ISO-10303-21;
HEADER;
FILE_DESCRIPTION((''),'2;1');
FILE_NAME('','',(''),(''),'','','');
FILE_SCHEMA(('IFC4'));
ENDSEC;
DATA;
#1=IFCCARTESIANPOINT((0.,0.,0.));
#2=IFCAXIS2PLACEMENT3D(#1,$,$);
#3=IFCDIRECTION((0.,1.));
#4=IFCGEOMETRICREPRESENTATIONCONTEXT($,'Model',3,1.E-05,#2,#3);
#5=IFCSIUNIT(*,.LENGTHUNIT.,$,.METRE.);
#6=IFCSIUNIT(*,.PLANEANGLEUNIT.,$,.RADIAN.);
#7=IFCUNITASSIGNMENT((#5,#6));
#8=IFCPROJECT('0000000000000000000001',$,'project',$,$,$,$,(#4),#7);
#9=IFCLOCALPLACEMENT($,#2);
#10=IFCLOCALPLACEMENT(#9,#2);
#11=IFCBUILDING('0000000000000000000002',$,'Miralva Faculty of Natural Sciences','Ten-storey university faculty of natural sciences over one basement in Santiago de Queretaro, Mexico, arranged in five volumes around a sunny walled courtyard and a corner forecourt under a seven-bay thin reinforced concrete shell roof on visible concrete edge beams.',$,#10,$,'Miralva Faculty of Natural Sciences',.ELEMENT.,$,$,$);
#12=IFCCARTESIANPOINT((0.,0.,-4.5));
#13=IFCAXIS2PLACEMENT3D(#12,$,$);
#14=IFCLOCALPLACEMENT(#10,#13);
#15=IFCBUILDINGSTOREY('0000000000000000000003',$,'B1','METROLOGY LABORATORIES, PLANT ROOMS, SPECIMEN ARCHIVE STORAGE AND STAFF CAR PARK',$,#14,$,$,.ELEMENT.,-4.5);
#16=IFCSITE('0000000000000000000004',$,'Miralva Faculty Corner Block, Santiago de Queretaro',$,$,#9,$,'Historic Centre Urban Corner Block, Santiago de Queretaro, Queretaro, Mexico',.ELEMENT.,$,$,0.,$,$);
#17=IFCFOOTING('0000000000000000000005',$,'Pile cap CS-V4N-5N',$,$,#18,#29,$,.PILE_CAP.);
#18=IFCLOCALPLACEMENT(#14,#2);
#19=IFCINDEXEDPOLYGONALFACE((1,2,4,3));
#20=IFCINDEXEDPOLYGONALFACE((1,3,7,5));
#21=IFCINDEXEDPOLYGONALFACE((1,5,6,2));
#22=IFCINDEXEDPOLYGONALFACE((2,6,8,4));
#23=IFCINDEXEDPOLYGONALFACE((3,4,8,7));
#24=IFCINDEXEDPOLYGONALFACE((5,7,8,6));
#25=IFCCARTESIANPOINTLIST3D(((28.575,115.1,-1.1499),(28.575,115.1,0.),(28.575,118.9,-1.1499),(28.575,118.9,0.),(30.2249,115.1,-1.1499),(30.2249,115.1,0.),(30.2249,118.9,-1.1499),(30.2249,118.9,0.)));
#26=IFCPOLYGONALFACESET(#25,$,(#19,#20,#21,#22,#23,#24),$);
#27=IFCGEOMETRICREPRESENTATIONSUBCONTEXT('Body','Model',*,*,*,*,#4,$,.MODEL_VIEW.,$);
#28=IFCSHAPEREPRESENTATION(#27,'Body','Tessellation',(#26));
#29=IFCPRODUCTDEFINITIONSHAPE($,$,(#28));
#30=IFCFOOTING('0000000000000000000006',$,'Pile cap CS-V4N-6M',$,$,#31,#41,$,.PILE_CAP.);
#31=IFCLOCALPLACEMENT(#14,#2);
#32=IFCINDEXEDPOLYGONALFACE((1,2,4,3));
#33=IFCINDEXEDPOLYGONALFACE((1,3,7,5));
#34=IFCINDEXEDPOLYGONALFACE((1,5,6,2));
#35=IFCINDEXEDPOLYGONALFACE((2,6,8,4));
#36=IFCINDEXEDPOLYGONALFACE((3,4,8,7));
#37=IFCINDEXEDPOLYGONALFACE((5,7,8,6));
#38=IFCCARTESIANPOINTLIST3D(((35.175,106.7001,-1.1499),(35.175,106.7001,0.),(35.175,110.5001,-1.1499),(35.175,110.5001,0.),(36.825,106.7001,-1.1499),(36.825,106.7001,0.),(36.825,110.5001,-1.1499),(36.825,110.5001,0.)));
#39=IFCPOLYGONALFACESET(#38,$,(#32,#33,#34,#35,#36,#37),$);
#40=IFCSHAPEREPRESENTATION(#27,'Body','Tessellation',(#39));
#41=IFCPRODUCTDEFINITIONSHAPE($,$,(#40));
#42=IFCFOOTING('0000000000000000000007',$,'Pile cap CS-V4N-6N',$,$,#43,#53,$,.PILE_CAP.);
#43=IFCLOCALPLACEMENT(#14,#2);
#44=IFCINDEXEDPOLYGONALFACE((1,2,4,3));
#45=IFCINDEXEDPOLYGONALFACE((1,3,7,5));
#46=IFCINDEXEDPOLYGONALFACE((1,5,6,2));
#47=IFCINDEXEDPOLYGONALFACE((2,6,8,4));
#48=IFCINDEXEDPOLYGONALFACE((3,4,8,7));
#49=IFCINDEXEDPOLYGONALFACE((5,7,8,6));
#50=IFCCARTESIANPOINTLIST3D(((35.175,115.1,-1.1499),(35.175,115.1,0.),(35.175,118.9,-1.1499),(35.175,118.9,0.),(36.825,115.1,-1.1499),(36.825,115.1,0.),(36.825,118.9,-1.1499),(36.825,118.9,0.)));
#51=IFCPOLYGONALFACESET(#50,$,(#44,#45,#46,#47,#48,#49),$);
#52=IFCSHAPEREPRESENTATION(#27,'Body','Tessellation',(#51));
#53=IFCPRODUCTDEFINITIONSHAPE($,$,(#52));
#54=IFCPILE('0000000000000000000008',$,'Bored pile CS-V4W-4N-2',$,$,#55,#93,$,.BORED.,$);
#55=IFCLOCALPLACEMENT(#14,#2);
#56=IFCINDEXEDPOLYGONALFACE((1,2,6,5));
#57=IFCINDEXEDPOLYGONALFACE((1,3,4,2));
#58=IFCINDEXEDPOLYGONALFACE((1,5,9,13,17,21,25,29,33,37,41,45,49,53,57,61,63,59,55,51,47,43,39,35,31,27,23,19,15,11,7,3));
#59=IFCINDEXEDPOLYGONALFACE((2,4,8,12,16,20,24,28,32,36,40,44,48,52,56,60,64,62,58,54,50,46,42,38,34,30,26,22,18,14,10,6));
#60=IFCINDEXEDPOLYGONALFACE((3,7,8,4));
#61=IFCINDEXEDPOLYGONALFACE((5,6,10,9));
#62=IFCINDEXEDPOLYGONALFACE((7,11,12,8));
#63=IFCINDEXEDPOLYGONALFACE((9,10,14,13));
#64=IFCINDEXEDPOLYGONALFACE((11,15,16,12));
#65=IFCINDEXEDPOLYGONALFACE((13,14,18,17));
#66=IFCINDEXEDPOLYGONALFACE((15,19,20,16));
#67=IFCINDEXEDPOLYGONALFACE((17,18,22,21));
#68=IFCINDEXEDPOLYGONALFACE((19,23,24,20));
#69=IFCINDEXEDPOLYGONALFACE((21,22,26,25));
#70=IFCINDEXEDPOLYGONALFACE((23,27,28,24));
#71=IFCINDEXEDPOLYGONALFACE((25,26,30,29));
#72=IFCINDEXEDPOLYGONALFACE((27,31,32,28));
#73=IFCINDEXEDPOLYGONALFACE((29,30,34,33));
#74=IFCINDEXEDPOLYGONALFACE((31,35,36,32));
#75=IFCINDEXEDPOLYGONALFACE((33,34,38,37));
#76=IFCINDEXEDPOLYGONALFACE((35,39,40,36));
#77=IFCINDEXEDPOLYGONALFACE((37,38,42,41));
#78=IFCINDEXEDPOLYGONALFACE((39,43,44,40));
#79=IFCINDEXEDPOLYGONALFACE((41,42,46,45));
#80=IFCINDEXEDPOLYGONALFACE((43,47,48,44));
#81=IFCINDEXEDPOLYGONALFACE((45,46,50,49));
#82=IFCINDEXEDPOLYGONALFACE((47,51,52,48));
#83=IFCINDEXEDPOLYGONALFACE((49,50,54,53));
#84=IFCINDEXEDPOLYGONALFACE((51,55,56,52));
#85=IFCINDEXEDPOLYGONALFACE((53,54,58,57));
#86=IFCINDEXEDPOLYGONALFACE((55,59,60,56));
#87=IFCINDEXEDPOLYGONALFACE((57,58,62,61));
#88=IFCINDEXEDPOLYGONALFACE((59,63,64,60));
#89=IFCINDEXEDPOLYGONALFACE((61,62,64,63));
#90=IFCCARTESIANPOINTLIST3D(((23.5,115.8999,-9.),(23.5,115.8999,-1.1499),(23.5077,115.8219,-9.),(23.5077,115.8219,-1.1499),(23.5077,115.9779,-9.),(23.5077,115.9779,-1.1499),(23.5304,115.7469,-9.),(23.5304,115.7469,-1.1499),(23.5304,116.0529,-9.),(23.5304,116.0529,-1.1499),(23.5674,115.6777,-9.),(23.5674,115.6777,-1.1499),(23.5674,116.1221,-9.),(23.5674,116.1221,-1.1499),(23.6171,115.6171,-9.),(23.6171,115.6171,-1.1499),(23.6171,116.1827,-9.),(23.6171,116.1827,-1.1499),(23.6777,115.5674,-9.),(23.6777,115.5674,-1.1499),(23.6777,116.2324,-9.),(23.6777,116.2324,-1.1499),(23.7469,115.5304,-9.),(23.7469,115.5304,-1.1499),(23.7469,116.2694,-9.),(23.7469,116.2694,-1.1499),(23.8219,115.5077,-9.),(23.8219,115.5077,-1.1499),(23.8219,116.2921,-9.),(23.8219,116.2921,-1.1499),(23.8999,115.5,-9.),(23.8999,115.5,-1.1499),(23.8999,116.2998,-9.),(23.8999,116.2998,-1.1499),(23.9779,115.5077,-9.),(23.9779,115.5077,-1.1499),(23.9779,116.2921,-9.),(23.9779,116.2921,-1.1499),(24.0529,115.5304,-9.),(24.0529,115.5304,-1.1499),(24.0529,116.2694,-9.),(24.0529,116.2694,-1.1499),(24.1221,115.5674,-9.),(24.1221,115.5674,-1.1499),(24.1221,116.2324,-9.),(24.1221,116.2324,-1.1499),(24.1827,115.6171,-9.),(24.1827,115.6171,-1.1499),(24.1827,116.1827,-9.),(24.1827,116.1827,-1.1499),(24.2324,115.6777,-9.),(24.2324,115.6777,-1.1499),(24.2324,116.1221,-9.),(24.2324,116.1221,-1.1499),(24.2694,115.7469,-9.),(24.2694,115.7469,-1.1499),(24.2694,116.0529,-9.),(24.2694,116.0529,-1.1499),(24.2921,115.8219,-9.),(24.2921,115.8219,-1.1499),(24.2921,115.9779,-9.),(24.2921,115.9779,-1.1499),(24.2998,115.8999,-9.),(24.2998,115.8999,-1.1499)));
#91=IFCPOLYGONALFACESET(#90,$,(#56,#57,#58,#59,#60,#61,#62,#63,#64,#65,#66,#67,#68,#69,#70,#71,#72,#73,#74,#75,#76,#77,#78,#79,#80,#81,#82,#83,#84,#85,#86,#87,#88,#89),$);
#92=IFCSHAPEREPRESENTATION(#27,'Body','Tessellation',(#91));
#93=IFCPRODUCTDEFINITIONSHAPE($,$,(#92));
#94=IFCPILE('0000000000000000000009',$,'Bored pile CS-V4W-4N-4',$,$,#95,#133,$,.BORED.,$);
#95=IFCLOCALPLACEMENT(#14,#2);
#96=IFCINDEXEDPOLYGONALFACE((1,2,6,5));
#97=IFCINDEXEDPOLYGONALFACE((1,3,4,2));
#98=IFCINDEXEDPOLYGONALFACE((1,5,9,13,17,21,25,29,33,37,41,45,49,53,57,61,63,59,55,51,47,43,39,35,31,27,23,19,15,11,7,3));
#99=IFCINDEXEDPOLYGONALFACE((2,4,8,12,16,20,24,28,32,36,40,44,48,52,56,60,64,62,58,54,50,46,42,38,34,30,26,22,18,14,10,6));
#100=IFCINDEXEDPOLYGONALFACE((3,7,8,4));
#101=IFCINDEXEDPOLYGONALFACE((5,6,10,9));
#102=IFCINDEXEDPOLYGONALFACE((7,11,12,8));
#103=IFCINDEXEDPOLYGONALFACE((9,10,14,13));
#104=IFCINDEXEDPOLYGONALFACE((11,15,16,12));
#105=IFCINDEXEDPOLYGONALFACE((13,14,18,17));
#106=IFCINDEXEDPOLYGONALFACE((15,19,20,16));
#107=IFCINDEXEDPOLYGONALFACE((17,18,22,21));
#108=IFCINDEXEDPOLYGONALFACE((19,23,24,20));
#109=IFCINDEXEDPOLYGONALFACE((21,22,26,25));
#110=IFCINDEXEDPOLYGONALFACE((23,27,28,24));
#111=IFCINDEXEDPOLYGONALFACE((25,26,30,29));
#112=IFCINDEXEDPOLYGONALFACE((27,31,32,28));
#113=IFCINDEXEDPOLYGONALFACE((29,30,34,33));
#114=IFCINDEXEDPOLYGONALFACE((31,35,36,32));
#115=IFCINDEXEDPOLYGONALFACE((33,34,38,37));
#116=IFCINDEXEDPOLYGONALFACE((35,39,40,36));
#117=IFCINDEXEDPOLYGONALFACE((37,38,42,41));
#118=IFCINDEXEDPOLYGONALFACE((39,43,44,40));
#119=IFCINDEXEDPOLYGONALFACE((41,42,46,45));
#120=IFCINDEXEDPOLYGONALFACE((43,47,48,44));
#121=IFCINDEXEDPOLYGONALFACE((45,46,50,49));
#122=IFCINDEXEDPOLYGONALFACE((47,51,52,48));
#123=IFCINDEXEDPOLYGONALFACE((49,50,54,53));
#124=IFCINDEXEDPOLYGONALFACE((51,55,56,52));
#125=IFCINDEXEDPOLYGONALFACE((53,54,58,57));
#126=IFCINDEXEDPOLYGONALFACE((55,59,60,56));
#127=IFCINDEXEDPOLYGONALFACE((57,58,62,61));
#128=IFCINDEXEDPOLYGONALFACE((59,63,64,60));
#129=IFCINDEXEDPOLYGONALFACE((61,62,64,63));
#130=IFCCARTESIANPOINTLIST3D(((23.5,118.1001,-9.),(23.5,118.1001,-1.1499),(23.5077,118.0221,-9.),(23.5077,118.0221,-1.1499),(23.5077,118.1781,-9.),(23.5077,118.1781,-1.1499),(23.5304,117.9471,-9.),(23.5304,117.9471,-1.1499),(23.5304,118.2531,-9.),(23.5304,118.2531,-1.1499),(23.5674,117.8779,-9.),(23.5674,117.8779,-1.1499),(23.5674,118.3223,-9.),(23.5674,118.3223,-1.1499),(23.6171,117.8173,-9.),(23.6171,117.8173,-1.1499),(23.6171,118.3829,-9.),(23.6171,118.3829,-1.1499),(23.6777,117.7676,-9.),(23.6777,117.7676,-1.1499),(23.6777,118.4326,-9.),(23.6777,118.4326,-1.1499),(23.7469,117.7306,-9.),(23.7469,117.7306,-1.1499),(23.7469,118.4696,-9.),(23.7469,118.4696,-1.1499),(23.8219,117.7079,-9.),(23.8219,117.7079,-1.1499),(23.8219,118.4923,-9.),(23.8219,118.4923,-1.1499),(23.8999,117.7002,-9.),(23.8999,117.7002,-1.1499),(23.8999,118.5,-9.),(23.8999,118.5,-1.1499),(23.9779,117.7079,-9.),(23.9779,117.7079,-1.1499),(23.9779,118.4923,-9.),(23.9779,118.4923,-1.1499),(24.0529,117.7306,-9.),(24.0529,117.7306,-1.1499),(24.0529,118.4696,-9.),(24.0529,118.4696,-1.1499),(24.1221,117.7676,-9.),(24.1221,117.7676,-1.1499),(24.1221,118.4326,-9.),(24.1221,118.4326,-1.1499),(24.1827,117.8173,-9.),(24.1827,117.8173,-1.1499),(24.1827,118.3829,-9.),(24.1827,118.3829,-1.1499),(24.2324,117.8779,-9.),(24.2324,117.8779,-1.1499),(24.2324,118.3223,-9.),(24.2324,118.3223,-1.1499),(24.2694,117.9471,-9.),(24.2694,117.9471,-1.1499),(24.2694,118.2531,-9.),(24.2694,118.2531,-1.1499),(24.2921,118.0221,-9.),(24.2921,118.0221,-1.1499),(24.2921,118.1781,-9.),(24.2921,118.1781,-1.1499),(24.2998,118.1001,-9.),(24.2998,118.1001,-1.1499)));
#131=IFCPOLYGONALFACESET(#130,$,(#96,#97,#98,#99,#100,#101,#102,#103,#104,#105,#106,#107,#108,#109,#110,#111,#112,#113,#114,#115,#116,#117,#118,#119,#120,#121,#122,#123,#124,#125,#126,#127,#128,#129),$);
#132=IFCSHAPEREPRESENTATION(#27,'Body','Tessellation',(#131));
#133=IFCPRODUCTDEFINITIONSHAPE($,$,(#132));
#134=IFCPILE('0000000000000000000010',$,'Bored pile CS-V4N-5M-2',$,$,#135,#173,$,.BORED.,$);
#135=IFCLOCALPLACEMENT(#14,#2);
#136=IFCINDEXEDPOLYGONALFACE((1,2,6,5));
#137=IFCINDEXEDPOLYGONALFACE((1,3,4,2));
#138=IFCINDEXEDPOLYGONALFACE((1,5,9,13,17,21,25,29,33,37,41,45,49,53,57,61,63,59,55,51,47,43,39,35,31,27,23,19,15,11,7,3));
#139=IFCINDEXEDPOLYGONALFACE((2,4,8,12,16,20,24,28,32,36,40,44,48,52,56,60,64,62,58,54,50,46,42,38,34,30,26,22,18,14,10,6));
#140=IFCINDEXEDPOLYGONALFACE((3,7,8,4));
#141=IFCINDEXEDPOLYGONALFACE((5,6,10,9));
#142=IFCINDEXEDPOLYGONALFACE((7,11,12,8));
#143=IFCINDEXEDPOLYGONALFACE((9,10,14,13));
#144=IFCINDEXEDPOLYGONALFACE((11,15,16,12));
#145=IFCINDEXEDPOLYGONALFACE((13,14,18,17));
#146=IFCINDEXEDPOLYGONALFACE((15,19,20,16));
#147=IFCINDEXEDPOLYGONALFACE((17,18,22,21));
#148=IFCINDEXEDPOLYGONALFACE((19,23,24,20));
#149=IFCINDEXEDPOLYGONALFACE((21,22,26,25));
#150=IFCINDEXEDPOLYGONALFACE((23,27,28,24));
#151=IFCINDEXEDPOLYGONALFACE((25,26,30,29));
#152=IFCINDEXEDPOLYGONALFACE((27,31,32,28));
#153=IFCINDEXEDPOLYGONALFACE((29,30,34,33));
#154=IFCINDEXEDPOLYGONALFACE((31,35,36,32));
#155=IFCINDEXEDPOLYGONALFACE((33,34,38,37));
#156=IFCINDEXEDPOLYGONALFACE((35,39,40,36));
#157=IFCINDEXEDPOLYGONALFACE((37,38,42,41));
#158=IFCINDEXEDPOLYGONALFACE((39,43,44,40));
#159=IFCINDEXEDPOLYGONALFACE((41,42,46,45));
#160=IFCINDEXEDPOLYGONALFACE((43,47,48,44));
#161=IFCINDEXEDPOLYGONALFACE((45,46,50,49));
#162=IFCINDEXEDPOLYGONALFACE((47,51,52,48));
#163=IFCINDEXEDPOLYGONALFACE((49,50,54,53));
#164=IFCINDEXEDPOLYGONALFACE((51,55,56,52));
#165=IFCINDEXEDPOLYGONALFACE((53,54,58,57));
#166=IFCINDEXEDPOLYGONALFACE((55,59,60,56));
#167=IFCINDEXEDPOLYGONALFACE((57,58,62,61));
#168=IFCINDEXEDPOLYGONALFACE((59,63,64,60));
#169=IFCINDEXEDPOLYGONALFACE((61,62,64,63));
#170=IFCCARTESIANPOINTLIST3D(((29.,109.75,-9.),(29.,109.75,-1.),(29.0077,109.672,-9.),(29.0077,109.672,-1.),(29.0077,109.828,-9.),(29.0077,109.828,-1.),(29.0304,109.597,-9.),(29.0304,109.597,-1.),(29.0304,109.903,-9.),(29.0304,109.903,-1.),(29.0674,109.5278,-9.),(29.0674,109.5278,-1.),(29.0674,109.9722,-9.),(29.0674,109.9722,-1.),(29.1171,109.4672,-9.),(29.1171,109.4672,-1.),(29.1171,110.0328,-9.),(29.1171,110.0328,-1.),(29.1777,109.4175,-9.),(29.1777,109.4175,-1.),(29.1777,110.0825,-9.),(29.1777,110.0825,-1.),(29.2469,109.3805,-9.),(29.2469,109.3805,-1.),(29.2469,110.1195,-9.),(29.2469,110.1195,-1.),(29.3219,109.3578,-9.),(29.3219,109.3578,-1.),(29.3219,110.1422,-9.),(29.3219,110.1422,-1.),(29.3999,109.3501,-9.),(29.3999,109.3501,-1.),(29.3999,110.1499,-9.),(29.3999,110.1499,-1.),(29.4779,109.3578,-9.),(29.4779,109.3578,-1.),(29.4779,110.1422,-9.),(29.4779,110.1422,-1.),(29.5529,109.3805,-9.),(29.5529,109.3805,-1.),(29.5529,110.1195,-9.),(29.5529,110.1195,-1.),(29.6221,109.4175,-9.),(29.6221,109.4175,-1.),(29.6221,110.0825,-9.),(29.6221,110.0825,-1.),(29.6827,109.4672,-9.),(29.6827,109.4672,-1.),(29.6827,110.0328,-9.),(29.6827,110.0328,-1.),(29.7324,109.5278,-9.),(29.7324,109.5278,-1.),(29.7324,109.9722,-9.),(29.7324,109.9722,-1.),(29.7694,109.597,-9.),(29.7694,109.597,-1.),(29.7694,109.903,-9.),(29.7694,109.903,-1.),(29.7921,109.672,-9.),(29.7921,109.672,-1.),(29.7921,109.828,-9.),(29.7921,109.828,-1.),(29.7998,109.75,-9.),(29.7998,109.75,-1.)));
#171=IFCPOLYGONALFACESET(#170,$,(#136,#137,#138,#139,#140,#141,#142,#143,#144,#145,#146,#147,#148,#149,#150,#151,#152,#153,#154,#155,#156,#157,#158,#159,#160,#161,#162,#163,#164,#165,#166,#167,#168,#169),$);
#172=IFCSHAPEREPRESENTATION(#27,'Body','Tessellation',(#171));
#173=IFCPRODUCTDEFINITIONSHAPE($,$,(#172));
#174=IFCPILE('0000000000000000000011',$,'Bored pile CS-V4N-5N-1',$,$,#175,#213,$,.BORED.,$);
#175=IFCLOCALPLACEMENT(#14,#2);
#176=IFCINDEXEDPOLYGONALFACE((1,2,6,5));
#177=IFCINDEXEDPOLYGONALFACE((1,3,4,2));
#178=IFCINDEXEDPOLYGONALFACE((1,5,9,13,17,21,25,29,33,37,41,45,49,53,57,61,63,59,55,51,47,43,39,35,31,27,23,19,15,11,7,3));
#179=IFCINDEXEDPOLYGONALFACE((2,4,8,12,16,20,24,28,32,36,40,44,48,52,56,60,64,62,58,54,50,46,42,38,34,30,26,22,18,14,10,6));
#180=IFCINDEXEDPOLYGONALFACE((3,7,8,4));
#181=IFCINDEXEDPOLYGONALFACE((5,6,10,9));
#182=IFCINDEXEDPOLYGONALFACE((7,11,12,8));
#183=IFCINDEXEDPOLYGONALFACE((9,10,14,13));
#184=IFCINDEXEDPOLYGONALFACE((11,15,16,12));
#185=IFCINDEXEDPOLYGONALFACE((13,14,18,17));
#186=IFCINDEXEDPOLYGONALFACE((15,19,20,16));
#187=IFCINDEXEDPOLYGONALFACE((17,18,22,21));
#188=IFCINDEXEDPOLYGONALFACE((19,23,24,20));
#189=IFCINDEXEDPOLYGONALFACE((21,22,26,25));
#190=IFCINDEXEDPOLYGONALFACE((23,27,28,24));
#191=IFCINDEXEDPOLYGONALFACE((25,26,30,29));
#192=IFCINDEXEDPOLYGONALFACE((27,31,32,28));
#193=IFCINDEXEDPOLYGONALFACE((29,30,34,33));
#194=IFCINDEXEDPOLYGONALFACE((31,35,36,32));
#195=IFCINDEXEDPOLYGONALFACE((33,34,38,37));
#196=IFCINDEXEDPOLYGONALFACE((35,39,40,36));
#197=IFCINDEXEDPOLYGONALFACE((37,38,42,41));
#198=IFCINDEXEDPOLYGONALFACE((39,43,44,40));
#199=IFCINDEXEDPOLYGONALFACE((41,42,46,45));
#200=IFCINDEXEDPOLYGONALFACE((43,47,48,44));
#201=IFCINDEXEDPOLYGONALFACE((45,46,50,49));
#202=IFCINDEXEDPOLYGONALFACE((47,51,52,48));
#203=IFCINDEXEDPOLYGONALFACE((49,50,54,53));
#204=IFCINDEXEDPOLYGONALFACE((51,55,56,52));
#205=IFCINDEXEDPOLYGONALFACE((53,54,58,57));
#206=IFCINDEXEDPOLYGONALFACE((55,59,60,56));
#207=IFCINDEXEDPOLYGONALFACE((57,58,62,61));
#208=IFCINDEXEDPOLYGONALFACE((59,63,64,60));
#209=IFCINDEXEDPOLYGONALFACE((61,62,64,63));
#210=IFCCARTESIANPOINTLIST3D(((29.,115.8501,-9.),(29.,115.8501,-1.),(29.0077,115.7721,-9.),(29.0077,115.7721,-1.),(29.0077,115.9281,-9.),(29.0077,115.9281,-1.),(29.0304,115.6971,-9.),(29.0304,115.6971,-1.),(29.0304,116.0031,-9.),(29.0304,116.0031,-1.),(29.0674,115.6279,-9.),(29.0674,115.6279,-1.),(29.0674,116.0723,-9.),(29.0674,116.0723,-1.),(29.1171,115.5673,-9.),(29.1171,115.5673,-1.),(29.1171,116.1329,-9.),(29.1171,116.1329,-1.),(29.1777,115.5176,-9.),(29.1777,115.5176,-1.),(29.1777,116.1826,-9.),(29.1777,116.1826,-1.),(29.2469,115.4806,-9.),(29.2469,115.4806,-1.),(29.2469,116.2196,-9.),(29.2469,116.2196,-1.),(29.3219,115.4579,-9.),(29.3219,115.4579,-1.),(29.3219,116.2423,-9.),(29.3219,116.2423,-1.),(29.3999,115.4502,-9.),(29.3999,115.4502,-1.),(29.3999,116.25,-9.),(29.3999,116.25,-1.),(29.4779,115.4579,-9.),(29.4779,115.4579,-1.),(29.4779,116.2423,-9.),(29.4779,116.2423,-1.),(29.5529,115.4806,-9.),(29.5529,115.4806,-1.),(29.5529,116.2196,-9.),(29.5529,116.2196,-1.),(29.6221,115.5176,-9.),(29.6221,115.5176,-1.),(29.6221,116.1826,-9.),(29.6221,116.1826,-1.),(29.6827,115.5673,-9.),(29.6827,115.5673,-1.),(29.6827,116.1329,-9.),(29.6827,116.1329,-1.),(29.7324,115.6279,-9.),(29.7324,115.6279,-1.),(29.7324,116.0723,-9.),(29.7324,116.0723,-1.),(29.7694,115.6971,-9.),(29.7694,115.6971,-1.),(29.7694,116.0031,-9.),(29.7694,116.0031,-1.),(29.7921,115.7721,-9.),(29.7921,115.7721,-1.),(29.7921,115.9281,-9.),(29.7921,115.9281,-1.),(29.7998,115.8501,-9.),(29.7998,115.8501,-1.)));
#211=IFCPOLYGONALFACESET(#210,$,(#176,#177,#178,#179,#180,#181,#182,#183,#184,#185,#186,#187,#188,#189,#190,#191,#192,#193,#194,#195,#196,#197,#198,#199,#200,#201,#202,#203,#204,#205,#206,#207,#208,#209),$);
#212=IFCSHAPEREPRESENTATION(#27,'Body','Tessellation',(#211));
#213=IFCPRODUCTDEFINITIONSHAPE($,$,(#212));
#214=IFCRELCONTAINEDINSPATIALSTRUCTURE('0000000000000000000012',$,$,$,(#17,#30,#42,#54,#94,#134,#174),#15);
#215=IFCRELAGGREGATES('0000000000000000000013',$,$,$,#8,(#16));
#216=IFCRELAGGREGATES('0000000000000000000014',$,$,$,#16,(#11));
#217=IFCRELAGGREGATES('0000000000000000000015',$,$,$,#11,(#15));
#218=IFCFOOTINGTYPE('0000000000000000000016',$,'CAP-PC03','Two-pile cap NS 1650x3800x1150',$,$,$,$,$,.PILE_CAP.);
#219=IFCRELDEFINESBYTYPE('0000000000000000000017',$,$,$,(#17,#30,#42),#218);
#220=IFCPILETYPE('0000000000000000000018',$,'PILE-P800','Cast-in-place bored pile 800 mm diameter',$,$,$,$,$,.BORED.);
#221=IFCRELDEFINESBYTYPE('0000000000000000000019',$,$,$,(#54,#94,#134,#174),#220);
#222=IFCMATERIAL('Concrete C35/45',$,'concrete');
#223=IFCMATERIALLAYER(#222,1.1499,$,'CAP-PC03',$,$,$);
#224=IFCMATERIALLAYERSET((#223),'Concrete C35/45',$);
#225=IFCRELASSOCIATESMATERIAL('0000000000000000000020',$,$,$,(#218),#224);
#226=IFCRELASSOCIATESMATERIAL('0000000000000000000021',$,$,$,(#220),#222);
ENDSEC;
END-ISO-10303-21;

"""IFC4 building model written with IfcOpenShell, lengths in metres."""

from ifc_helpers import new_model, si_unit, direction, frame, origin, origin_2d, place, context, subcontext, project, spatial, rectangle, circle, extrude, material, layer, layer_set, material_profile, profile_set, type_object, element, save


model = new_model("IFC4")

# Units and contexts
model_context = context("Model", 3, precision=1e-05, world=origin(), true_north=direction((0.0, 1.0)))
body_context = subcontext(model_context, "Body", "Model", "MODEL_VIEW")
ifc_project = project(units=[si_unit("LENGTHUNIT", "METRE"), si_unit("PLANEANGLEUNIT", "RADIAN")], contexts=[model_context])

# Site, building, storey
site_placement = place(None, origin())
site = spatial("IfcSite", under=ifc_project, at=site_placement, Name="Miralva Faculty Corner Block, Santiago de Queretaro", LongName="Historic Centre Urban Corner Block, Santiago de Queretaro, Queretaro, Mexico", CompositionType="ELEMENT", RefElevation=0.0)
building_placement = place(site_placement, origin())
building = spatial("IfcBuilding", under=site, at=building_placement, Name="Miralva Faculty of Natural Sciences", Description="Ten-storey university faculty of natural sciences over one basement in Santiago de Queretaro, Mexico, arranged in five volumes around a sunny walled courtyard and a corner forecourt under a seven-bay thin reinforced concrete shell roof on visible concrete edge beams.", LongName="Miralva Faculty of Natural Sciences", CompositionType="ELEMENT")
storey_placement = place(building_placement, frame((0.0, 0.0, -4.5)))
storey = spatial("IfcBuildingStorey", under=building, at=storey_placement, Name="B1", Description="METROLOGY LABORATORIES, PLANT ROOMS, SPECIMEN ARCHIVE STORAGE AND STAFF CAR PARK", CompositionType="ELEMENT", Elevation=-4.5)

# Footings
ifc_material_1 = material(Name="Concrete C35/45", Category="concrete")
ifc_layer = layer(ifc_material_1, 1.1499, Name="CAP-PC03")
ifc_layer_set = layer_set([ifc_layer], Name="Concrete C35/45")
footing_type_1 = type_object("IfcFootingType", Name="CAP-PC03", Description="Two-pile cap NS 1650x3800x1150", PredefinedType="PILE_CAP", material=ifc_layer_set)
for number, where, z_axis, x_axis, name in (
    (1, (29.3999, 117.0, -1.1499), (0.0, 0.0, 1.0), (1.0, 0.0, 0.0), "Pile cap CS-V4N-5N"),
    (2, (36.0, 108.6001, -1.1499), (0.0, 0.0, 1.0), (1.0, 0.0, 0.0), "Pile cap CS-V4N-6M"),
    (3, (36.0, 117.0, -1.1499), (0.0, 0.0, 1.0), (1.0, 0.0, 0.0), "Pile cap CS-V4N-6N"),
):
    element("IfcFooting", number, at=place(storey_placement, frame(where, z_axis=z_axis, x_axis=x_axis)), inside=storey, type_object=footing_type_1, Name=name, PredefinedType="PILE_CAP", context=body_context, shape_type="SweptSolid", body=[
        extrude(rectangle(XDim=1.6499, YDim=3.8, at=origin_2d()), origin(), (0.0, 0.0, 1.0), 1.1499),
    ])

# Piles
ifc_material_profile_1 = material_profile(ifc_material_1, circle(Radius=0.3999, at=origin_2d()), Name="BORED PILE 800")
ifc_profile_set_1 = profile_set([ifc_material_profile_1], Name="Concrete C35/45")
pile_type = type_object("IfcPileType", Name="PILE-P800", Description="Cast-in-place bored pile 800 mm diameter", PredefinedType="BORED", material=ifc_profile_set_1)
for number, where, z_axis, x_axis, name in (
    (4, (23.8999, 115.8999, -1.1499), (0.0, 0.0, -1.0), (1.0, 0.0, 0.0), "Bored pile CS-V4W-4N-2"),
    (5, (23.8999, 118.1001, -1.1499), (0.0, 0.0, -1.0), (1.0, 0.0, 0.0), "Bored pile CS-V4W-4N-4"),
):
    element("IfcPile", number, at=place(storey_placement, frame(where, z_axis=z_axis, x_axis=x_axis)), inside=storey, type_object=pile_type, Name=name, PredefinedType="BORED", context=body_context, shape_type="SweptSolid", body=[
        extrude(circle(Radius=0.3999, at=origin_2d()), origin(), (0.0, 0.0, 1.0), 7.8501),
    ])
for number, where, z_axis, x_axis, name in (
    (6, (29.3999, 109.75, -1.0), (0.0, 0.0, -1.0), (1.0, 0.0, 0.0), "Bored pile CS-V4N-5M-2"),
    (7, (29.3999, 115.8501, -1.0), (0.0, 0.0, -1.0), (1.0, 0.0, 0.0), "Bored pile CS-V4N-5N-1"),
):
    element("IfcPile", number, at=place(storey_placement, frame(where, z_axis=z_axis, x_axis=x_axis)), inside=storey, type_object=pile_type, Name=name, PredefinedType="BORED", context=body_context, shape_type="SweptSolid", body=[
        extrude(circle(Radius=0.3999, at=origin_2d()), origin(), (0.0, 0.0, 1.0), 8.0),
    ])

save(model, "model.ifc")
